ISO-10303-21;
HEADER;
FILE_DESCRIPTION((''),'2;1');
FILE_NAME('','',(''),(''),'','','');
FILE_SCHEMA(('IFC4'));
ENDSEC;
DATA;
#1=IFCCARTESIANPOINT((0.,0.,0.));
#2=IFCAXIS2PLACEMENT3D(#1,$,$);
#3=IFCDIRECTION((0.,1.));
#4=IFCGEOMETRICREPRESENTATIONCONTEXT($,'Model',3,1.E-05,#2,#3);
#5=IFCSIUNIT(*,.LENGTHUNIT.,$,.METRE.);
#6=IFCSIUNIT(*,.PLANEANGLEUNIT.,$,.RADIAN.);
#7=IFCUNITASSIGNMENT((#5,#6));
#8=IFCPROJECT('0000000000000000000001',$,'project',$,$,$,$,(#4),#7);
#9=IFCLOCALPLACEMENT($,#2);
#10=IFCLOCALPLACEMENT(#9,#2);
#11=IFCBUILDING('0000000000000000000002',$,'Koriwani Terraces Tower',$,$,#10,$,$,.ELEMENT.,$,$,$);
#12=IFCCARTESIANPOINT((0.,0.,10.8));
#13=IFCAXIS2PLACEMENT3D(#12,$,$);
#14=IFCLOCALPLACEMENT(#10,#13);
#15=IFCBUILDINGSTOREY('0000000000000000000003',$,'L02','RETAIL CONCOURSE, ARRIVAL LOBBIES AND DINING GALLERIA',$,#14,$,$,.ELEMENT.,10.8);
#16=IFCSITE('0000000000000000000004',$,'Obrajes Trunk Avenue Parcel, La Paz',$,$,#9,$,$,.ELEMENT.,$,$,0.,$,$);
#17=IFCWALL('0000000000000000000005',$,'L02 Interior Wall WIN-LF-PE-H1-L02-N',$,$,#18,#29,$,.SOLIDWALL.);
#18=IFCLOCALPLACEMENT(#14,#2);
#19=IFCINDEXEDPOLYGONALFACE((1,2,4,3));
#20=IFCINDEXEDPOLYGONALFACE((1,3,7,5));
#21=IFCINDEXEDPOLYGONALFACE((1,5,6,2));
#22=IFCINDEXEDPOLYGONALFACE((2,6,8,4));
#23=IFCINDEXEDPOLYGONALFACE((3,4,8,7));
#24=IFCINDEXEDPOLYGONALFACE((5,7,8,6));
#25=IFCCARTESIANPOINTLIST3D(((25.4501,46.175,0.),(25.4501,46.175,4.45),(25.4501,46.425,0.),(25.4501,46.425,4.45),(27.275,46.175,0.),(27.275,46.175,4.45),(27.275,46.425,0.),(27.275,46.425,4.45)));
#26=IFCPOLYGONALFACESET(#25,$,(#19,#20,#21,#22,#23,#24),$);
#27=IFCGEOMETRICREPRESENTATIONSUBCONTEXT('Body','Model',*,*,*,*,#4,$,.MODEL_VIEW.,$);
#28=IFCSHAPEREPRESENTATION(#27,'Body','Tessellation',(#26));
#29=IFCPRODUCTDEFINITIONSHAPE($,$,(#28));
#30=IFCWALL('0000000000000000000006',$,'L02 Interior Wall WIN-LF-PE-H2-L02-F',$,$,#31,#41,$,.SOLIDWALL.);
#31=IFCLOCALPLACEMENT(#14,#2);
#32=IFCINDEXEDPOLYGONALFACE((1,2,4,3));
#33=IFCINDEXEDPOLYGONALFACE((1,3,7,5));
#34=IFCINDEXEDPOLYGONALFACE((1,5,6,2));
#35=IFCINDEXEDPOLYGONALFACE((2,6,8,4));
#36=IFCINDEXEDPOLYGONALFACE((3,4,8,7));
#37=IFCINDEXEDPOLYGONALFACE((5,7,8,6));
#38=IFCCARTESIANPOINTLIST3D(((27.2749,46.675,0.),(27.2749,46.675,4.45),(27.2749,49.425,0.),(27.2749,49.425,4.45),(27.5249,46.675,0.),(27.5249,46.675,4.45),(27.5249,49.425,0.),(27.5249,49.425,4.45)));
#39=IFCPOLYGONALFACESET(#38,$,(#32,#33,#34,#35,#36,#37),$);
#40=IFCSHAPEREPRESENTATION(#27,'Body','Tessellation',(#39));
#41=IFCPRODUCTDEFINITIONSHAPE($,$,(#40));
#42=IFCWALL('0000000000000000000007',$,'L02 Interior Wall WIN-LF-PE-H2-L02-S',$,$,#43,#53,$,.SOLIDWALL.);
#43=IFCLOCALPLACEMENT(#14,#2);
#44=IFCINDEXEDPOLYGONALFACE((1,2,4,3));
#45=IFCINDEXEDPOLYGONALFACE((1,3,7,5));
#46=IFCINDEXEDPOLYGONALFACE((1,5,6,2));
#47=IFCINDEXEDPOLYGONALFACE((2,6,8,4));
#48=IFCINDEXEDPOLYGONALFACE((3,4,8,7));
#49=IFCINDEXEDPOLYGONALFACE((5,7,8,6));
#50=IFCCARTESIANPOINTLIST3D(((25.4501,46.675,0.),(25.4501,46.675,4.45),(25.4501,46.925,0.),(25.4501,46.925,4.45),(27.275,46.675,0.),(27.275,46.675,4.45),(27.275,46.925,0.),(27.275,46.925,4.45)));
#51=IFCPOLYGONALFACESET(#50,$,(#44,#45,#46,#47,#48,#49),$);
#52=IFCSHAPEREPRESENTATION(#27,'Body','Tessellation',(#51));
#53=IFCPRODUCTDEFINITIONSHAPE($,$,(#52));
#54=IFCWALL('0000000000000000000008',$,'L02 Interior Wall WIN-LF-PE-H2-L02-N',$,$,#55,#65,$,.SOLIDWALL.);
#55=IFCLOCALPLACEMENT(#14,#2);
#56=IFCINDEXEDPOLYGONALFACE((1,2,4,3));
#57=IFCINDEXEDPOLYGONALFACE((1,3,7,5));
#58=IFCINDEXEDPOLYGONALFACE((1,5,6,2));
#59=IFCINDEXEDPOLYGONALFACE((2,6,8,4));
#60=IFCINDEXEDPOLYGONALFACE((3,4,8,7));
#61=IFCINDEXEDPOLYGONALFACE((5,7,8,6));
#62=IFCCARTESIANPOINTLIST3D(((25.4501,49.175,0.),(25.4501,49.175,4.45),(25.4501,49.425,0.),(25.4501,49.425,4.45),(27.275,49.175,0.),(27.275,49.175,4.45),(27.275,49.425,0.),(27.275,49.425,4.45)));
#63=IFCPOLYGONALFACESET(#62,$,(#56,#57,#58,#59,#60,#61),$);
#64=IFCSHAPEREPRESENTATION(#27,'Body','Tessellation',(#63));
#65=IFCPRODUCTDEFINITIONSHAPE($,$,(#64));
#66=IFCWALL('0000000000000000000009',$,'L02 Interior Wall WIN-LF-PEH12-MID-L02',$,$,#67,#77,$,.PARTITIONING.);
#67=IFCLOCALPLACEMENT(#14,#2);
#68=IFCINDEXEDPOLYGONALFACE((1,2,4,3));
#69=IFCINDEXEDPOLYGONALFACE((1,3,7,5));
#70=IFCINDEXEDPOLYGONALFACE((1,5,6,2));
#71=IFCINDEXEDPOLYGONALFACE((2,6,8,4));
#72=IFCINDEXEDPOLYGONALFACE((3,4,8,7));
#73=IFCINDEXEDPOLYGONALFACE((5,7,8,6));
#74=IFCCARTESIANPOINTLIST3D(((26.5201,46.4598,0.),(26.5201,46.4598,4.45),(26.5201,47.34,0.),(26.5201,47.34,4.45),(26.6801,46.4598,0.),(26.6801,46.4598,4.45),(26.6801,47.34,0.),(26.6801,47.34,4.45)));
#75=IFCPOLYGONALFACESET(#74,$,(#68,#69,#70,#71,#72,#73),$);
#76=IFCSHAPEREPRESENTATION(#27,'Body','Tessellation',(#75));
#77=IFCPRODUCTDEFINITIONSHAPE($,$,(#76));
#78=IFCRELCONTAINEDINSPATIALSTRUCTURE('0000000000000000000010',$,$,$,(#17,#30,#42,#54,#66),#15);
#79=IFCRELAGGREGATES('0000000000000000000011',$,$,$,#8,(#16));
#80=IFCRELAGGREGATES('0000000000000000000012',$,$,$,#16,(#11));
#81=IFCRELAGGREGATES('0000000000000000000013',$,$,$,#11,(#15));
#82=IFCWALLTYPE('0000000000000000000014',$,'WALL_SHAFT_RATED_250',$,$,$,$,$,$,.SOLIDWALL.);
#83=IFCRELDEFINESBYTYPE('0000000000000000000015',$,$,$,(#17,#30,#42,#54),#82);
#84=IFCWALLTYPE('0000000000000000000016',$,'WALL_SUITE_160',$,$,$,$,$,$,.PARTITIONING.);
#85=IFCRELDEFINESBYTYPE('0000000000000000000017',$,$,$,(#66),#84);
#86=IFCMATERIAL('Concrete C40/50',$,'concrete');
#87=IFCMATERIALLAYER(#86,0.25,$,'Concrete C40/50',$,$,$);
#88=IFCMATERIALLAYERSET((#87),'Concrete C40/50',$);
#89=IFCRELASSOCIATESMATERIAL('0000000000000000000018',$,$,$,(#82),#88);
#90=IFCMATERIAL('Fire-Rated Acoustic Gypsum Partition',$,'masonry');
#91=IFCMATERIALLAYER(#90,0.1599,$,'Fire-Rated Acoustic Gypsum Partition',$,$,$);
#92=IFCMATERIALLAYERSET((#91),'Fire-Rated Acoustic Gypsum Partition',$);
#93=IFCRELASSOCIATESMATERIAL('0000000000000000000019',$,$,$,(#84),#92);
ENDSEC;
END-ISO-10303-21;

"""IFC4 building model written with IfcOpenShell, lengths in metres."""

from ifc_helpers import new_model, si_unit, direction, frame, frame_2d, origin, place, context, subcontext, project, spatial, rectangle, extrude, material, layer, layer_set, type_object, element, save


model = new_model("IFC4")

# Units and contexts
model_context = context("Model", 3, precision=1e-05, world=origin(), true_north=direction((0.0, 1.0)))
body_context = subcontext(model_context, "Body", "Model", "MODEL_VIEW")
ifc_project = project(units=[si_unit("LENGTHUNIT", "METRE"), si_unit("PLANEANGLEUNIT", "RADIAN")], contexts=[model_context])

# Site, building, storey
site_placement = place(None, origin())
site = spatial("IfcSite", under=ifc_project, at=site_placement, Name="Obrajes Trunk Avenue Parcel, La Paz", CompositionType="ELEMENT", RefElevation=0.0)
building_placement = place(site_placement, origin())
building = spatial("IfcBuilding", under=site, at=building_placement, Name="Koriwani Terraces Tower", CompositionType="ELEMENT")
storey_placement = place(building_placement, frame((0.0, 0.0, 10.8)))
storey = spatial("IfcBuildingStorey", under=building, at=storey_placement, Name="L02", Description="RETAIL CONCOURSE, ARRIVAL LOBBIES AND DINING GALLERIA", CompositionType="ELEMENT", Elevation=10.8)

# Shared definitions
ifc_material_1 = material(Name="Concrete C40/50", Category="concrete")
ifc_layer_1 = layer(ifc_material_1, 0.25, Name="Concrete C40/50")
ifc_layer_set_1 = layer_set([ifc_layer_1], Name="Concrete C40/50")
wall_type_1 = type_object("IfcWallType", Name="WALL_SHAFT_RATED_250", PredefinedType="SOLIDWALL", material=ifc_layer_set_1)

# Walls
for number, where, z_axis, x_axis, name in (
    (1, (25.45, 46.3, 0.0), (0.0, 0.0, 1.0), (1.0, 0.0, 0.0), "L02 Interior Wall WIN-LF-PE-H1-L02-N"),
):
    element("IfcWall", number, at=place(storey_placement, frame(where, z_axis=z_axis, x_axis=x_axis)), inside=storey, type_object=wall_type_1, Name=name, PredefinedType="SOLIDWALL", context=body_context, shape_type="SweptSolid", body=[
        extrude(rectangle(XDim=1.825, YDim=0.25, at=frame_2d((0.9126, 0.0))), origin(), (0.0, 0.0, 1.0), 4.45),
    ])
wall_1_placement = place(storey_placement, frame((27.3999, 46.675, 0.0), z_axis=(0.0, 0.0, 1.0), x_axis=(0.0, 1.0, 0.0)))
element("IfcWall", 2, at=wall_1_placement, inside=storey, type_object=wall_type_1, Name="L02 Interior Wall WIN-LF-PE-H2-L02-F", PredefinedType="SOLIDWALL", context=body_context, shape_type="SweptSolid", body=[
    extrude(rectangle(XDim=2.75, YDim=0.25, at=frame_2d((1.375, 0.0))), origin(), (0.0, 0.0, 1.0), 4.45),
])
for number, where, z_axis, x_axis, name in (
    (3, (25.45, 46.8, 0.0), (0.0, 0.0, 1.0), (1.0, 0.0, 0.0), "L02 Interior Wall WIN-LF-PE-H2-L02-S"),
    (4, (25.45, 49.3, 0.0), (0.0, 0.0, 1.0), (1.0, 0.0, 0.0), "L02 Interior Wall WIN-LF-PE-H2-L02-N"),
):
    element("IfcWall", number, at=place(storey_placement, frame(where, z_axis=z_axis, x_axis=x_axis)), inside=storey, type_object=wall_type_1, Name=name, PredefinedType="SOLIDWALL", context=body_context, shape_type="SweptSolid", body=[
        extrude(rectangle(XDim=1.825, YDim=0.25, at=frame_2d((0.9126, 0.0))), origin(), (0.0, 0.0, 1.0), 4.45),
    ])
ifc_material_2 = material(Name="Fire-Rated Acoustic Gypsum Partition", Category="masonry")
ifc_layer_2 = layer(ifc_material_2, 0.1599, Name="Fire-Rated Acoustic Gypsum Partition")
ifc_layer_set_2 = layer_set([ifc_layer_2], Name="Fire-Rated Acoustic Gypsum Partition")
wall_type_2 = type_object("IfcWallType", Name="WALL_SUITE_160", PredefinedType="PARTITIONING", material=ifc_layer_set_2)
wall_2_placement = place(storey_placement, frame((26.6001, 46.46, 0.0), z_axis=(0.0, 0.0, 1.0), x_axis=(0.0, 1.0, 0.0)))
element("IfcWall", 5, at=wall_2_placement, inside=storey, type_object=wall_type_2, Name="L02 Interior Wall WIN-LF-PEH12-MID-L02", PredefinedType="PARTITIONING", context=body_context, shape_type="SweptSolid", body=[
    extrude(rectangle(XDim=0.8801, YDim=0.1599, at=frame_2d((0.4399, 0.0))), origin(), (0.0, 0.0, 1.0), 4.45),
])

save(model, "model.ifc")
